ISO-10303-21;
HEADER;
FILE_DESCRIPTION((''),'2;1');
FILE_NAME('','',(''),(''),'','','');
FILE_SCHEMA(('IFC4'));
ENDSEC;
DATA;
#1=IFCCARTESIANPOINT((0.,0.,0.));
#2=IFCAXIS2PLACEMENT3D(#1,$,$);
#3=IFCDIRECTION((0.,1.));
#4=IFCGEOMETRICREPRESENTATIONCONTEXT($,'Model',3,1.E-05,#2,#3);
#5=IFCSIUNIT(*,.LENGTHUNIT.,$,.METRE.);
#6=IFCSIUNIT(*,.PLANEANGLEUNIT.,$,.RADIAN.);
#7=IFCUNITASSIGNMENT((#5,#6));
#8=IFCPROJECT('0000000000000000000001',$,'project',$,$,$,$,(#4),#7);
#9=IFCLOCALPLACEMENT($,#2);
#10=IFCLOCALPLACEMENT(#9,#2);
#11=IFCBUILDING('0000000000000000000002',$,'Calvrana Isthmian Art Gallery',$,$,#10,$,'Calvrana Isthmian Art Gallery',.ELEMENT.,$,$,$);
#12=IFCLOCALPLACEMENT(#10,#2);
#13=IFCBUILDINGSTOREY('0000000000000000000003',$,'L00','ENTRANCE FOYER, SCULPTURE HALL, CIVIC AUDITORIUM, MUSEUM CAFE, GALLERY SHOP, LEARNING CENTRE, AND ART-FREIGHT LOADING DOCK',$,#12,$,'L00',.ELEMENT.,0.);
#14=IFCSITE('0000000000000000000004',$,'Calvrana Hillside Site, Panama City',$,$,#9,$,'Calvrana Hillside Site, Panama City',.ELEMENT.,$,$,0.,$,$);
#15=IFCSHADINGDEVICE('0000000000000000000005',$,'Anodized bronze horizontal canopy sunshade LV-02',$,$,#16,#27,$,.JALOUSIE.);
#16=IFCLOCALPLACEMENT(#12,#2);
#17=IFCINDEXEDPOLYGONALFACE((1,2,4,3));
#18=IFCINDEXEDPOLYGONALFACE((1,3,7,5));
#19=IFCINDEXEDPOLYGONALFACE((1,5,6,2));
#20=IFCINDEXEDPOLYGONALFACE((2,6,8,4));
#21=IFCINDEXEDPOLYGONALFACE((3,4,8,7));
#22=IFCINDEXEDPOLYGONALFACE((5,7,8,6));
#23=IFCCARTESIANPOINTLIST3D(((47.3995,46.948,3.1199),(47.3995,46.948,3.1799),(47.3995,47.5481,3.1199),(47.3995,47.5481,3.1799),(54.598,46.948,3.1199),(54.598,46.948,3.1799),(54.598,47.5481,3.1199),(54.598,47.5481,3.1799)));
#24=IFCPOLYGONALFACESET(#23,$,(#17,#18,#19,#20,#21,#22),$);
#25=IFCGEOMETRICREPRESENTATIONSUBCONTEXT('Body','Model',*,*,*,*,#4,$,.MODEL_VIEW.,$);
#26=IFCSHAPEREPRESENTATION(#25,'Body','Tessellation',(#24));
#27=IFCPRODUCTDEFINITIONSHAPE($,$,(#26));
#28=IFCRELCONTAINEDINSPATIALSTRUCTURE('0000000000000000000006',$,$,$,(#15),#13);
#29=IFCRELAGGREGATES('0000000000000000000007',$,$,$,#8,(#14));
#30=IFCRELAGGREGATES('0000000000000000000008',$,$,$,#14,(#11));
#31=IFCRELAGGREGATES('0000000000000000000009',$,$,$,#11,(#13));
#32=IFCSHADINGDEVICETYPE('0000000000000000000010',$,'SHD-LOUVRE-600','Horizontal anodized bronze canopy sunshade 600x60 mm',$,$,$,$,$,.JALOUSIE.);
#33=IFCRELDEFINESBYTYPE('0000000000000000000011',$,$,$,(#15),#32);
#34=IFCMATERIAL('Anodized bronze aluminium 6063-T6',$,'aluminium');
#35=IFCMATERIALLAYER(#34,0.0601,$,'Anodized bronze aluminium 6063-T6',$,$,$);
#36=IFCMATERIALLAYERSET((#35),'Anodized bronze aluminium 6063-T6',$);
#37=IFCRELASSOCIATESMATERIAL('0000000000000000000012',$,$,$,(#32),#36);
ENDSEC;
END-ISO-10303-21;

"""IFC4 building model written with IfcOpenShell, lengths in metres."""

from ifc_helpers import new_model, si_unit, direction, frame, origin, origin_2d, place, context, subcontext, project, spatial, rectangle, extrude, material, layer, layer_set, type_object, element, save


model = new_model("IFC4")

# Units and contexts
model_context = context("Model", 3, precision=1e-05, world=origin(), true_north=direction((0.0, 1.0)))
body_context = subcontext(model_context, "Body", "Model", "MODEL_VIEW")
ifc_project = project(units=[si_unit("LENGTHUNIT", "METRE"), si_unit("PLANEANGLEUNIT", "RADIAN")], contexts=[model_context])

# Site, building, storey
site_placement = place(None, origin())
site = spatial("IfcSite", under=ifc_project, at=site_placement, Name="Calvrana Hillside Site, Panama City", LongName="Calvrana Hillside Site, Panama City", CompositionType="ELEMENT", RefElevation=0.0)
building_placement = place(site_placement, origin())
building = spatial("IfcBuilding", under=site, at=building_placement, Name="Calvrana Isthmian Art Gallery", LongName="Calvrana Isthmian Art Gallery", CompositionType="ELEMENT")
storey_placement = place(building_placement, origin())
storey = spatial("IfcBuildingStorey", under=building, at=storey_placement, Name="L00", Description="ENTRANCE FOYER, SCULPTURE HALL, CIVIC AUDITORIUM, MUSEUM CAFE, GALLERY SHOP, LEARNING CENTRE, AND ART-FREIGHT LOADING DOCK", LongName="L00", CompositionType="ELEMENT", Elevation=0.0)

# Shared definitions
ifc_material_1 = material(Name="Anodized bronze aluminium 6063-T6", Category="aluminium")

# Shading device
ifc_layer_1 = layer(ifc_material_1, 0.0601, Name="Anodized bronze aluminium 6063-T6")
ifc_layer_set_1 = layer_set([ifc_layer_1], Name="Anodized bronze aluminium 6063-T6")
shading_device_type = type_object("IfcShadingDeviceType", Name="SHD-LOUVRE-600", Description="Horizontal anodized bronze canopy sunshade 600x60 mm", PredefinedType="JALOUSIE", material=ifc_layer_set_1)
shading_device_placement = place(storey_placement, frame((50.9988, 47.248, 3.1199), z_axis=(0.0, 0.0, 1.0), x_axis=(1.0, 0.0, 0.0)))
element("IfcShadingDevice", 1, at=shading_device_placement, inside=storey, type_object=shading_device_type, Name="Anodized bronze horizontal canopy sunshade LV-02", PredefinedType="JALOUSIE", context=body_context, shape_type="SweptSolid", body=[
    extrude(rectangle(XDim=7.1985, YDim=0.6001, at=origin_2d()), origin(), (0.0, 0.0, 1.0), 0.0601),
])

save(model, "model.ifc")
